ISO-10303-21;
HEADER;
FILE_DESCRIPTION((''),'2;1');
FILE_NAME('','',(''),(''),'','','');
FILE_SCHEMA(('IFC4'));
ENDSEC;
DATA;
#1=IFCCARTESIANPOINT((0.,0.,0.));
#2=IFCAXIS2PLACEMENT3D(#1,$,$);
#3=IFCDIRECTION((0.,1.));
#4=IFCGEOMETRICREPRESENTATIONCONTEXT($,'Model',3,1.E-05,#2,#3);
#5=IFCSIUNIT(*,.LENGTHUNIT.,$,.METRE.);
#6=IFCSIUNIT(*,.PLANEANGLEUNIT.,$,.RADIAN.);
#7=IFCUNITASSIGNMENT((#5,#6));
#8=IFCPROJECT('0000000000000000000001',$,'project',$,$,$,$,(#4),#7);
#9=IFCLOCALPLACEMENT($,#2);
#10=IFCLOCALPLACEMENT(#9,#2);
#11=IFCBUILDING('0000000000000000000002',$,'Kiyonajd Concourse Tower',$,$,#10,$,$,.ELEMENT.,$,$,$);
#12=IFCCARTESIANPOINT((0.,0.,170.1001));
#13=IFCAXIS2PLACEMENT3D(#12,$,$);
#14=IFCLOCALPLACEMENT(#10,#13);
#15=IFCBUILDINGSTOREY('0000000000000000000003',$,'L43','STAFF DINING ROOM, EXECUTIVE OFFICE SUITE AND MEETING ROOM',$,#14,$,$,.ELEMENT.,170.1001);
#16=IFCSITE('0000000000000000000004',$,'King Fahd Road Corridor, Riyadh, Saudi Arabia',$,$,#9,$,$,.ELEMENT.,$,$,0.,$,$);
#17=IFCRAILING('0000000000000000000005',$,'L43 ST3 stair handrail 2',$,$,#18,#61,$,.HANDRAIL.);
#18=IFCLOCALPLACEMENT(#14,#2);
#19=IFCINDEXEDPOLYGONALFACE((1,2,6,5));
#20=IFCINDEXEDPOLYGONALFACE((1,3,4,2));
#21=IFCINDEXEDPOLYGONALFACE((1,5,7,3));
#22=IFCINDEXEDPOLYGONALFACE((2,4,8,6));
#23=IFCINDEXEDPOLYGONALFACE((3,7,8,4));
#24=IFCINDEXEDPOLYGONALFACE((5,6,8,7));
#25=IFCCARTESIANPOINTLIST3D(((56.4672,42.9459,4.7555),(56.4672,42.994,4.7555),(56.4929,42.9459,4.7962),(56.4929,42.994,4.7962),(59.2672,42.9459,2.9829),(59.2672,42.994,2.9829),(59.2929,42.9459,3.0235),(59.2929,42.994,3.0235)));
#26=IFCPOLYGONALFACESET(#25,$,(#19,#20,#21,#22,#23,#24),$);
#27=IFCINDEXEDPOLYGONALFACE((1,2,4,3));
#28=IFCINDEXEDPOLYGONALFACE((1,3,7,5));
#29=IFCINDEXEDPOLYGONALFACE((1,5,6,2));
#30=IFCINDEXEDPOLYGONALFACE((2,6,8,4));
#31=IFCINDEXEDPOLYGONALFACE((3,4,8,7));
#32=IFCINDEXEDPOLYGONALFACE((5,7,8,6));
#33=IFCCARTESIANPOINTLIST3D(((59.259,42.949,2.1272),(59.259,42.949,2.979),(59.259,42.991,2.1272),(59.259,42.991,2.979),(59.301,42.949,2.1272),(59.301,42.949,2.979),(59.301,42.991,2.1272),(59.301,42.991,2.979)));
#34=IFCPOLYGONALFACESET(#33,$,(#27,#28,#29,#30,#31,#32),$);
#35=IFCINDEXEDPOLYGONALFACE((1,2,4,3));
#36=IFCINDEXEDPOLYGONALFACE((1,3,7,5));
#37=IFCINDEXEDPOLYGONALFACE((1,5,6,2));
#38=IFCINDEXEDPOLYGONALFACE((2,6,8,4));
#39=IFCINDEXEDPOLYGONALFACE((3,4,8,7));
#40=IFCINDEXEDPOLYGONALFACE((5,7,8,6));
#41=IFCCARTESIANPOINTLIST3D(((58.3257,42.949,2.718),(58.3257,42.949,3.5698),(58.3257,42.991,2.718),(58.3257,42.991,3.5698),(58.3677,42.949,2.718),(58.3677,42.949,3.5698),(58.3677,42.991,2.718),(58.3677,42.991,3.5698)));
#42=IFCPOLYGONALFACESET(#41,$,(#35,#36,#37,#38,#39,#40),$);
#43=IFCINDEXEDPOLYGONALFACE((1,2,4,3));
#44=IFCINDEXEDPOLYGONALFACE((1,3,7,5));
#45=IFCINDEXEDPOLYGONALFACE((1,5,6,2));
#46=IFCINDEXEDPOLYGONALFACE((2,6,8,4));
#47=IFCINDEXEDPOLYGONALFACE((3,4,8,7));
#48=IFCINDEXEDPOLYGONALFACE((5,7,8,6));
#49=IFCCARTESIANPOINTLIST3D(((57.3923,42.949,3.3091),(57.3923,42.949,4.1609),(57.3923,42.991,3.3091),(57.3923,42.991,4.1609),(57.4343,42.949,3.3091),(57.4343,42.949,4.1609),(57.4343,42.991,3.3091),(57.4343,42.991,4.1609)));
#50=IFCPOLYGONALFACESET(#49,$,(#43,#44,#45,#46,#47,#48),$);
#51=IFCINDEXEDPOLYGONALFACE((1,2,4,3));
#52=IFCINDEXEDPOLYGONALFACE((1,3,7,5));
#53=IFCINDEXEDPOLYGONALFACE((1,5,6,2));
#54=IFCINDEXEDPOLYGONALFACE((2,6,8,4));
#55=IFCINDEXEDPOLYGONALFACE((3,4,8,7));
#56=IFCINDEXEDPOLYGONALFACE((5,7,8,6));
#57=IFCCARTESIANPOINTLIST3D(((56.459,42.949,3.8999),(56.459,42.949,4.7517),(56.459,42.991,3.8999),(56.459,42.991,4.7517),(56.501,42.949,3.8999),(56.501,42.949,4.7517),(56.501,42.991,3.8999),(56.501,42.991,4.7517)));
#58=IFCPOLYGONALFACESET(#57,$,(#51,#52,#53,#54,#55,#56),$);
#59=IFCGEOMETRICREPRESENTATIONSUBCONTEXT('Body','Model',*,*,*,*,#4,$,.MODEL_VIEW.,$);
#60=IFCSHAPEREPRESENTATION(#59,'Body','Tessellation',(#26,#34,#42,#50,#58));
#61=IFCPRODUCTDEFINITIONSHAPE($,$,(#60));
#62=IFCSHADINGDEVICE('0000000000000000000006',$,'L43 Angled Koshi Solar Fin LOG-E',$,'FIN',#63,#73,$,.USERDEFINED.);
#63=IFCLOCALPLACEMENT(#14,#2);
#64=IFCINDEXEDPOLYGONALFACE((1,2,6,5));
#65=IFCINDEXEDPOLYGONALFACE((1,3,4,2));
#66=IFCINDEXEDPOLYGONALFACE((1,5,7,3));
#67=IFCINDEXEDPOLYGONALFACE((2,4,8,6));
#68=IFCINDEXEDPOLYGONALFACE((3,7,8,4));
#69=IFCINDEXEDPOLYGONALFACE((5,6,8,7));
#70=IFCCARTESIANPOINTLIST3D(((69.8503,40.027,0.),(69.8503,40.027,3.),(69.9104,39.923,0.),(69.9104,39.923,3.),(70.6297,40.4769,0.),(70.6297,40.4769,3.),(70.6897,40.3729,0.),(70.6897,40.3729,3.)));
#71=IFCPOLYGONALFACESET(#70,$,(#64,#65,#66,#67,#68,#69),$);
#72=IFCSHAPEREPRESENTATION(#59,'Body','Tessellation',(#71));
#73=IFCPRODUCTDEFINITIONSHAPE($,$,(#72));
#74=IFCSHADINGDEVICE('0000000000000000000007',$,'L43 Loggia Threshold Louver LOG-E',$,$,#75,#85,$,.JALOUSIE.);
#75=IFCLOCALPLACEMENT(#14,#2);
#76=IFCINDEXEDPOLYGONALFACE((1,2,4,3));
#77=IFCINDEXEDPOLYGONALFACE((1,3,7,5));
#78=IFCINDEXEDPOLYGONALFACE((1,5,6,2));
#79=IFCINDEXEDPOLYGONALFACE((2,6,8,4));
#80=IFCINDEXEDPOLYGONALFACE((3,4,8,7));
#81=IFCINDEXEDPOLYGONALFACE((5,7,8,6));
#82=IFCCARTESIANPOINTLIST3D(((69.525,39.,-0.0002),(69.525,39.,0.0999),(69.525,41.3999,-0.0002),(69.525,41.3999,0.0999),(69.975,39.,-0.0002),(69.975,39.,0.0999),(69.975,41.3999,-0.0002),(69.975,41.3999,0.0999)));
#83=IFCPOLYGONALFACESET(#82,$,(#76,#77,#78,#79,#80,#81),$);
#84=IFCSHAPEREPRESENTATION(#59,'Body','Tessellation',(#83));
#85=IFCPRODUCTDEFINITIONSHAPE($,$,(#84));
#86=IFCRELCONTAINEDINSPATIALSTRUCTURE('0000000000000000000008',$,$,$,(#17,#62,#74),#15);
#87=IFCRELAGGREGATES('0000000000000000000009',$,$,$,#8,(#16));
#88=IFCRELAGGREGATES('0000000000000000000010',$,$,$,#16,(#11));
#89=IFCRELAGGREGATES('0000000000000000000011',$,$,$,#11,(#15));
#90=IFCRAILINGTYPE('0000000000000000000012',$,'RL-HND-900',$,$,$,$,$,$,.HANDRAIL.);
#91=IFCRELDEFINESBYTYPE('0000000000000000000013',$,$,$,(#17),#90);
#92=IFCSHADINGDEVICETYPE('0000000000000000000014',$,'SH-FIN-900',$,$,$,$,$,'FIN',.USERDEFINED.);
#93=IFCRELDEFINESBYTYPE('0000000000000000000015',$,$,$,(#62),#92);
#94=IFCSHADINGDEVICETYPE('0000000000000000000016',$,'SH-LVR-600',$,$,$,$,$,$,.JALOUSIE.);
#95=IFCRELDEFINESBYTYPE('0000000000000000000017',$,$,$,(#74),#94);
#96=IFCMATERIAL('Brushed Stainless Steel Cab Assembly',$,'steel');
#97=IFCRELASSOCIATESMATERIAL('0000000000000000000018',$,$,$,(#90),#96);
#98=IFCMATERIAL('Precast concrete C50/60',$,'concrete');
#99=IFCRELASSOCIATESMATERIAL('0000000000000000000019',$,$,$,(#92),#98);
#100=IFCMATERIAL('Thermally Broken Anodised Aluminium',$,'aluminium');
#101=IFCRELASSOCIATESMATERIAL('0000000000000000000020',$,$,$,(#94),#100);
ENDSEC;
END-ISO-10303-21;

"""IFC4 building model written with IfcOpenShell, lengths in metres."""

from ifc_helpers import new_model, si_unit, direction, frame, origin, origin_2d, place, context, subcontext, project, spatial, rectangle, extrude, material, type_object, element, save


model = new_model("IFC4")

# Units and contexts
model_context = context("Model", 3, precision=1e-05, world=origin(), true_north=direction((0.0, 1.0)))
body_context = subcontext(model_context, "Body", "Model", "MODEL_VIEW")
ifc_project = project(units=[si_unit("LENGTHUNIT", "METRE"), si_unit("PLANEANGLEUNIT", "RADIAN")], contexts=[model_context])

# Site, building, storey
site_placement = place(None, origin())
site = spatial("IfcSite", under=ifc_project, at=site_placement, Name="King Fahd Road Corridor, Riyadh, Saudi Arabia", CompositionType="ELEMENT", RefElevation=0.0)
building_placement = place(site_placement, origin())
building = spatial("IfcBuilding", under=site, at=building_placement, Name="Kiyonajd Concourse Tower", CompositionType="ELEMENT")
storey_placement = place(building_placement, frame((0.0, 0.0, 170.1001)))
storey = spatial("IfcBuildingStorey", under=building, at=storey_placement, Name="L43", Description="STAFF DINING ROOM, EXECUTIVE OFFICE SUITE AND MEETING ROOM", CompositionType="ELEMENT", Elevation=170.1001)

# Shared definitions
ifc_material_1 = material(Name="Thermally Broken Anodised Aluminium", Category="aluminium")

# Shared definitions
ifc_material_2 = material(Name="Precast concrete C50/60", Category="concrete")

# Railing
ifc_material_3 = material(Name="Brushed Stainless Steel Cab Assembly", Category="steel")
railing_type_1 = type_object("IfcRailingType", Name="RL-HND-900", PredefinedType="HANDRAIL", material=ifc_material_3)
railing_1_placement = place(storey_placement, frame((59.28, 42.97, 2.1272)))
element("IfcRailing", 1, at=railing_1_placement, inside=storey, type_object=railing_type_1, Name="L43 ST3 stair handrail 2", PredefinedType="HANDRAIL", context=body_context, shape_type="SweptSolid", body=[
    extrude(rectangle(XDim=0.0481, YDim=0.0481, at=origin_2d()), frame((0.0, 0.0, 0.876), z_axis=(-0.844909, 0.0, 0.53491), x_axis=(0.0, -1.0, 0.0)), (0.0, 0.0, 1.0), 3.314),
    extrude(rectangle(XDim=0.042, YDim=0.042, at=origin_2d()), origin(), (0.0, 0.0, 1.0), 0.8518),
    extrude(rectangle(XDim=0.042, YDim=0.042, at=origin_2d()), frame((-0.9333, 0.0, 0.5908)), (0.0, 0.0, 1.0), 0.8518),
    extrude(rectangle(XDim=0.042, YDim=0.042, at=origin_2d()), frame((-1.8667, 0.0, 1.1819)), (0.0, 0.0, 1.0), 0.8518),
    extrude(rectangle(XDim=0.042, YDim=0.042, at=origin_2d()), frame((-2.8, 0.0, 1.7727)), (0.0, 0.0, 1.0), 0.8518),
])

# Shading devices
shading_device_type_1 = type_object("IfcShadingDeviceType", Name="SH-FIN-900", ElementType="FIN", PredefinedType="USERDEFINED", material=ifc_material_2)
shading_device_1_placement = place(storey_placement, frame((70.27, 40.2, 0.0), z_axis=(0.0, 0.0, 1.0), x_axis=(0.866025, 0.5, 0.0)))
element("IfcShadingDevice", 2, at=shading_device_1_placement, inside=storey, type_object=shading_device_type_1, Name="L43 Angled Koshi Solar Fin LOG-E", ObjectType="FIN", PredefinedType="USERDEFINED", context=body_context, shape_type="SweptSolid", body=[
    extrude(rectangle(XDim=0.8999, YDim=0.1201, at=origin_2d()), origin(), (0.0, 0.0, 1.0), 3.0),
])
shading_device_type_2 = type_object("IfcShadingDeviceType", Name="SH-LVR-600", PredefinedType="JALOUSIE", material=ifc_material_1)
shading_device_2_placement = place(storey_placement, frame((69.75, 40.2, -0.0002), z_axis=(0.0, 0.0, 1.0), x_axis=(0.0, 1.0, 0.0)))
element("IfcShadingDevice", 3, at=shading_device_2_placement, inside=storey, type_object=shading_device_type_2, Name="L43 Loggia Threshold Louver LOG-E", PredefinedType="JALOUSIE", context=body_context, shape_type="SweptSolid", body=[
    extrude(rectangle(XDim=2.3999, YDim=0.45, at=origin_2d()), origin(), (0.0, 0.0, 1.0), 0.1001),
])

save(model, "model.ifc")
